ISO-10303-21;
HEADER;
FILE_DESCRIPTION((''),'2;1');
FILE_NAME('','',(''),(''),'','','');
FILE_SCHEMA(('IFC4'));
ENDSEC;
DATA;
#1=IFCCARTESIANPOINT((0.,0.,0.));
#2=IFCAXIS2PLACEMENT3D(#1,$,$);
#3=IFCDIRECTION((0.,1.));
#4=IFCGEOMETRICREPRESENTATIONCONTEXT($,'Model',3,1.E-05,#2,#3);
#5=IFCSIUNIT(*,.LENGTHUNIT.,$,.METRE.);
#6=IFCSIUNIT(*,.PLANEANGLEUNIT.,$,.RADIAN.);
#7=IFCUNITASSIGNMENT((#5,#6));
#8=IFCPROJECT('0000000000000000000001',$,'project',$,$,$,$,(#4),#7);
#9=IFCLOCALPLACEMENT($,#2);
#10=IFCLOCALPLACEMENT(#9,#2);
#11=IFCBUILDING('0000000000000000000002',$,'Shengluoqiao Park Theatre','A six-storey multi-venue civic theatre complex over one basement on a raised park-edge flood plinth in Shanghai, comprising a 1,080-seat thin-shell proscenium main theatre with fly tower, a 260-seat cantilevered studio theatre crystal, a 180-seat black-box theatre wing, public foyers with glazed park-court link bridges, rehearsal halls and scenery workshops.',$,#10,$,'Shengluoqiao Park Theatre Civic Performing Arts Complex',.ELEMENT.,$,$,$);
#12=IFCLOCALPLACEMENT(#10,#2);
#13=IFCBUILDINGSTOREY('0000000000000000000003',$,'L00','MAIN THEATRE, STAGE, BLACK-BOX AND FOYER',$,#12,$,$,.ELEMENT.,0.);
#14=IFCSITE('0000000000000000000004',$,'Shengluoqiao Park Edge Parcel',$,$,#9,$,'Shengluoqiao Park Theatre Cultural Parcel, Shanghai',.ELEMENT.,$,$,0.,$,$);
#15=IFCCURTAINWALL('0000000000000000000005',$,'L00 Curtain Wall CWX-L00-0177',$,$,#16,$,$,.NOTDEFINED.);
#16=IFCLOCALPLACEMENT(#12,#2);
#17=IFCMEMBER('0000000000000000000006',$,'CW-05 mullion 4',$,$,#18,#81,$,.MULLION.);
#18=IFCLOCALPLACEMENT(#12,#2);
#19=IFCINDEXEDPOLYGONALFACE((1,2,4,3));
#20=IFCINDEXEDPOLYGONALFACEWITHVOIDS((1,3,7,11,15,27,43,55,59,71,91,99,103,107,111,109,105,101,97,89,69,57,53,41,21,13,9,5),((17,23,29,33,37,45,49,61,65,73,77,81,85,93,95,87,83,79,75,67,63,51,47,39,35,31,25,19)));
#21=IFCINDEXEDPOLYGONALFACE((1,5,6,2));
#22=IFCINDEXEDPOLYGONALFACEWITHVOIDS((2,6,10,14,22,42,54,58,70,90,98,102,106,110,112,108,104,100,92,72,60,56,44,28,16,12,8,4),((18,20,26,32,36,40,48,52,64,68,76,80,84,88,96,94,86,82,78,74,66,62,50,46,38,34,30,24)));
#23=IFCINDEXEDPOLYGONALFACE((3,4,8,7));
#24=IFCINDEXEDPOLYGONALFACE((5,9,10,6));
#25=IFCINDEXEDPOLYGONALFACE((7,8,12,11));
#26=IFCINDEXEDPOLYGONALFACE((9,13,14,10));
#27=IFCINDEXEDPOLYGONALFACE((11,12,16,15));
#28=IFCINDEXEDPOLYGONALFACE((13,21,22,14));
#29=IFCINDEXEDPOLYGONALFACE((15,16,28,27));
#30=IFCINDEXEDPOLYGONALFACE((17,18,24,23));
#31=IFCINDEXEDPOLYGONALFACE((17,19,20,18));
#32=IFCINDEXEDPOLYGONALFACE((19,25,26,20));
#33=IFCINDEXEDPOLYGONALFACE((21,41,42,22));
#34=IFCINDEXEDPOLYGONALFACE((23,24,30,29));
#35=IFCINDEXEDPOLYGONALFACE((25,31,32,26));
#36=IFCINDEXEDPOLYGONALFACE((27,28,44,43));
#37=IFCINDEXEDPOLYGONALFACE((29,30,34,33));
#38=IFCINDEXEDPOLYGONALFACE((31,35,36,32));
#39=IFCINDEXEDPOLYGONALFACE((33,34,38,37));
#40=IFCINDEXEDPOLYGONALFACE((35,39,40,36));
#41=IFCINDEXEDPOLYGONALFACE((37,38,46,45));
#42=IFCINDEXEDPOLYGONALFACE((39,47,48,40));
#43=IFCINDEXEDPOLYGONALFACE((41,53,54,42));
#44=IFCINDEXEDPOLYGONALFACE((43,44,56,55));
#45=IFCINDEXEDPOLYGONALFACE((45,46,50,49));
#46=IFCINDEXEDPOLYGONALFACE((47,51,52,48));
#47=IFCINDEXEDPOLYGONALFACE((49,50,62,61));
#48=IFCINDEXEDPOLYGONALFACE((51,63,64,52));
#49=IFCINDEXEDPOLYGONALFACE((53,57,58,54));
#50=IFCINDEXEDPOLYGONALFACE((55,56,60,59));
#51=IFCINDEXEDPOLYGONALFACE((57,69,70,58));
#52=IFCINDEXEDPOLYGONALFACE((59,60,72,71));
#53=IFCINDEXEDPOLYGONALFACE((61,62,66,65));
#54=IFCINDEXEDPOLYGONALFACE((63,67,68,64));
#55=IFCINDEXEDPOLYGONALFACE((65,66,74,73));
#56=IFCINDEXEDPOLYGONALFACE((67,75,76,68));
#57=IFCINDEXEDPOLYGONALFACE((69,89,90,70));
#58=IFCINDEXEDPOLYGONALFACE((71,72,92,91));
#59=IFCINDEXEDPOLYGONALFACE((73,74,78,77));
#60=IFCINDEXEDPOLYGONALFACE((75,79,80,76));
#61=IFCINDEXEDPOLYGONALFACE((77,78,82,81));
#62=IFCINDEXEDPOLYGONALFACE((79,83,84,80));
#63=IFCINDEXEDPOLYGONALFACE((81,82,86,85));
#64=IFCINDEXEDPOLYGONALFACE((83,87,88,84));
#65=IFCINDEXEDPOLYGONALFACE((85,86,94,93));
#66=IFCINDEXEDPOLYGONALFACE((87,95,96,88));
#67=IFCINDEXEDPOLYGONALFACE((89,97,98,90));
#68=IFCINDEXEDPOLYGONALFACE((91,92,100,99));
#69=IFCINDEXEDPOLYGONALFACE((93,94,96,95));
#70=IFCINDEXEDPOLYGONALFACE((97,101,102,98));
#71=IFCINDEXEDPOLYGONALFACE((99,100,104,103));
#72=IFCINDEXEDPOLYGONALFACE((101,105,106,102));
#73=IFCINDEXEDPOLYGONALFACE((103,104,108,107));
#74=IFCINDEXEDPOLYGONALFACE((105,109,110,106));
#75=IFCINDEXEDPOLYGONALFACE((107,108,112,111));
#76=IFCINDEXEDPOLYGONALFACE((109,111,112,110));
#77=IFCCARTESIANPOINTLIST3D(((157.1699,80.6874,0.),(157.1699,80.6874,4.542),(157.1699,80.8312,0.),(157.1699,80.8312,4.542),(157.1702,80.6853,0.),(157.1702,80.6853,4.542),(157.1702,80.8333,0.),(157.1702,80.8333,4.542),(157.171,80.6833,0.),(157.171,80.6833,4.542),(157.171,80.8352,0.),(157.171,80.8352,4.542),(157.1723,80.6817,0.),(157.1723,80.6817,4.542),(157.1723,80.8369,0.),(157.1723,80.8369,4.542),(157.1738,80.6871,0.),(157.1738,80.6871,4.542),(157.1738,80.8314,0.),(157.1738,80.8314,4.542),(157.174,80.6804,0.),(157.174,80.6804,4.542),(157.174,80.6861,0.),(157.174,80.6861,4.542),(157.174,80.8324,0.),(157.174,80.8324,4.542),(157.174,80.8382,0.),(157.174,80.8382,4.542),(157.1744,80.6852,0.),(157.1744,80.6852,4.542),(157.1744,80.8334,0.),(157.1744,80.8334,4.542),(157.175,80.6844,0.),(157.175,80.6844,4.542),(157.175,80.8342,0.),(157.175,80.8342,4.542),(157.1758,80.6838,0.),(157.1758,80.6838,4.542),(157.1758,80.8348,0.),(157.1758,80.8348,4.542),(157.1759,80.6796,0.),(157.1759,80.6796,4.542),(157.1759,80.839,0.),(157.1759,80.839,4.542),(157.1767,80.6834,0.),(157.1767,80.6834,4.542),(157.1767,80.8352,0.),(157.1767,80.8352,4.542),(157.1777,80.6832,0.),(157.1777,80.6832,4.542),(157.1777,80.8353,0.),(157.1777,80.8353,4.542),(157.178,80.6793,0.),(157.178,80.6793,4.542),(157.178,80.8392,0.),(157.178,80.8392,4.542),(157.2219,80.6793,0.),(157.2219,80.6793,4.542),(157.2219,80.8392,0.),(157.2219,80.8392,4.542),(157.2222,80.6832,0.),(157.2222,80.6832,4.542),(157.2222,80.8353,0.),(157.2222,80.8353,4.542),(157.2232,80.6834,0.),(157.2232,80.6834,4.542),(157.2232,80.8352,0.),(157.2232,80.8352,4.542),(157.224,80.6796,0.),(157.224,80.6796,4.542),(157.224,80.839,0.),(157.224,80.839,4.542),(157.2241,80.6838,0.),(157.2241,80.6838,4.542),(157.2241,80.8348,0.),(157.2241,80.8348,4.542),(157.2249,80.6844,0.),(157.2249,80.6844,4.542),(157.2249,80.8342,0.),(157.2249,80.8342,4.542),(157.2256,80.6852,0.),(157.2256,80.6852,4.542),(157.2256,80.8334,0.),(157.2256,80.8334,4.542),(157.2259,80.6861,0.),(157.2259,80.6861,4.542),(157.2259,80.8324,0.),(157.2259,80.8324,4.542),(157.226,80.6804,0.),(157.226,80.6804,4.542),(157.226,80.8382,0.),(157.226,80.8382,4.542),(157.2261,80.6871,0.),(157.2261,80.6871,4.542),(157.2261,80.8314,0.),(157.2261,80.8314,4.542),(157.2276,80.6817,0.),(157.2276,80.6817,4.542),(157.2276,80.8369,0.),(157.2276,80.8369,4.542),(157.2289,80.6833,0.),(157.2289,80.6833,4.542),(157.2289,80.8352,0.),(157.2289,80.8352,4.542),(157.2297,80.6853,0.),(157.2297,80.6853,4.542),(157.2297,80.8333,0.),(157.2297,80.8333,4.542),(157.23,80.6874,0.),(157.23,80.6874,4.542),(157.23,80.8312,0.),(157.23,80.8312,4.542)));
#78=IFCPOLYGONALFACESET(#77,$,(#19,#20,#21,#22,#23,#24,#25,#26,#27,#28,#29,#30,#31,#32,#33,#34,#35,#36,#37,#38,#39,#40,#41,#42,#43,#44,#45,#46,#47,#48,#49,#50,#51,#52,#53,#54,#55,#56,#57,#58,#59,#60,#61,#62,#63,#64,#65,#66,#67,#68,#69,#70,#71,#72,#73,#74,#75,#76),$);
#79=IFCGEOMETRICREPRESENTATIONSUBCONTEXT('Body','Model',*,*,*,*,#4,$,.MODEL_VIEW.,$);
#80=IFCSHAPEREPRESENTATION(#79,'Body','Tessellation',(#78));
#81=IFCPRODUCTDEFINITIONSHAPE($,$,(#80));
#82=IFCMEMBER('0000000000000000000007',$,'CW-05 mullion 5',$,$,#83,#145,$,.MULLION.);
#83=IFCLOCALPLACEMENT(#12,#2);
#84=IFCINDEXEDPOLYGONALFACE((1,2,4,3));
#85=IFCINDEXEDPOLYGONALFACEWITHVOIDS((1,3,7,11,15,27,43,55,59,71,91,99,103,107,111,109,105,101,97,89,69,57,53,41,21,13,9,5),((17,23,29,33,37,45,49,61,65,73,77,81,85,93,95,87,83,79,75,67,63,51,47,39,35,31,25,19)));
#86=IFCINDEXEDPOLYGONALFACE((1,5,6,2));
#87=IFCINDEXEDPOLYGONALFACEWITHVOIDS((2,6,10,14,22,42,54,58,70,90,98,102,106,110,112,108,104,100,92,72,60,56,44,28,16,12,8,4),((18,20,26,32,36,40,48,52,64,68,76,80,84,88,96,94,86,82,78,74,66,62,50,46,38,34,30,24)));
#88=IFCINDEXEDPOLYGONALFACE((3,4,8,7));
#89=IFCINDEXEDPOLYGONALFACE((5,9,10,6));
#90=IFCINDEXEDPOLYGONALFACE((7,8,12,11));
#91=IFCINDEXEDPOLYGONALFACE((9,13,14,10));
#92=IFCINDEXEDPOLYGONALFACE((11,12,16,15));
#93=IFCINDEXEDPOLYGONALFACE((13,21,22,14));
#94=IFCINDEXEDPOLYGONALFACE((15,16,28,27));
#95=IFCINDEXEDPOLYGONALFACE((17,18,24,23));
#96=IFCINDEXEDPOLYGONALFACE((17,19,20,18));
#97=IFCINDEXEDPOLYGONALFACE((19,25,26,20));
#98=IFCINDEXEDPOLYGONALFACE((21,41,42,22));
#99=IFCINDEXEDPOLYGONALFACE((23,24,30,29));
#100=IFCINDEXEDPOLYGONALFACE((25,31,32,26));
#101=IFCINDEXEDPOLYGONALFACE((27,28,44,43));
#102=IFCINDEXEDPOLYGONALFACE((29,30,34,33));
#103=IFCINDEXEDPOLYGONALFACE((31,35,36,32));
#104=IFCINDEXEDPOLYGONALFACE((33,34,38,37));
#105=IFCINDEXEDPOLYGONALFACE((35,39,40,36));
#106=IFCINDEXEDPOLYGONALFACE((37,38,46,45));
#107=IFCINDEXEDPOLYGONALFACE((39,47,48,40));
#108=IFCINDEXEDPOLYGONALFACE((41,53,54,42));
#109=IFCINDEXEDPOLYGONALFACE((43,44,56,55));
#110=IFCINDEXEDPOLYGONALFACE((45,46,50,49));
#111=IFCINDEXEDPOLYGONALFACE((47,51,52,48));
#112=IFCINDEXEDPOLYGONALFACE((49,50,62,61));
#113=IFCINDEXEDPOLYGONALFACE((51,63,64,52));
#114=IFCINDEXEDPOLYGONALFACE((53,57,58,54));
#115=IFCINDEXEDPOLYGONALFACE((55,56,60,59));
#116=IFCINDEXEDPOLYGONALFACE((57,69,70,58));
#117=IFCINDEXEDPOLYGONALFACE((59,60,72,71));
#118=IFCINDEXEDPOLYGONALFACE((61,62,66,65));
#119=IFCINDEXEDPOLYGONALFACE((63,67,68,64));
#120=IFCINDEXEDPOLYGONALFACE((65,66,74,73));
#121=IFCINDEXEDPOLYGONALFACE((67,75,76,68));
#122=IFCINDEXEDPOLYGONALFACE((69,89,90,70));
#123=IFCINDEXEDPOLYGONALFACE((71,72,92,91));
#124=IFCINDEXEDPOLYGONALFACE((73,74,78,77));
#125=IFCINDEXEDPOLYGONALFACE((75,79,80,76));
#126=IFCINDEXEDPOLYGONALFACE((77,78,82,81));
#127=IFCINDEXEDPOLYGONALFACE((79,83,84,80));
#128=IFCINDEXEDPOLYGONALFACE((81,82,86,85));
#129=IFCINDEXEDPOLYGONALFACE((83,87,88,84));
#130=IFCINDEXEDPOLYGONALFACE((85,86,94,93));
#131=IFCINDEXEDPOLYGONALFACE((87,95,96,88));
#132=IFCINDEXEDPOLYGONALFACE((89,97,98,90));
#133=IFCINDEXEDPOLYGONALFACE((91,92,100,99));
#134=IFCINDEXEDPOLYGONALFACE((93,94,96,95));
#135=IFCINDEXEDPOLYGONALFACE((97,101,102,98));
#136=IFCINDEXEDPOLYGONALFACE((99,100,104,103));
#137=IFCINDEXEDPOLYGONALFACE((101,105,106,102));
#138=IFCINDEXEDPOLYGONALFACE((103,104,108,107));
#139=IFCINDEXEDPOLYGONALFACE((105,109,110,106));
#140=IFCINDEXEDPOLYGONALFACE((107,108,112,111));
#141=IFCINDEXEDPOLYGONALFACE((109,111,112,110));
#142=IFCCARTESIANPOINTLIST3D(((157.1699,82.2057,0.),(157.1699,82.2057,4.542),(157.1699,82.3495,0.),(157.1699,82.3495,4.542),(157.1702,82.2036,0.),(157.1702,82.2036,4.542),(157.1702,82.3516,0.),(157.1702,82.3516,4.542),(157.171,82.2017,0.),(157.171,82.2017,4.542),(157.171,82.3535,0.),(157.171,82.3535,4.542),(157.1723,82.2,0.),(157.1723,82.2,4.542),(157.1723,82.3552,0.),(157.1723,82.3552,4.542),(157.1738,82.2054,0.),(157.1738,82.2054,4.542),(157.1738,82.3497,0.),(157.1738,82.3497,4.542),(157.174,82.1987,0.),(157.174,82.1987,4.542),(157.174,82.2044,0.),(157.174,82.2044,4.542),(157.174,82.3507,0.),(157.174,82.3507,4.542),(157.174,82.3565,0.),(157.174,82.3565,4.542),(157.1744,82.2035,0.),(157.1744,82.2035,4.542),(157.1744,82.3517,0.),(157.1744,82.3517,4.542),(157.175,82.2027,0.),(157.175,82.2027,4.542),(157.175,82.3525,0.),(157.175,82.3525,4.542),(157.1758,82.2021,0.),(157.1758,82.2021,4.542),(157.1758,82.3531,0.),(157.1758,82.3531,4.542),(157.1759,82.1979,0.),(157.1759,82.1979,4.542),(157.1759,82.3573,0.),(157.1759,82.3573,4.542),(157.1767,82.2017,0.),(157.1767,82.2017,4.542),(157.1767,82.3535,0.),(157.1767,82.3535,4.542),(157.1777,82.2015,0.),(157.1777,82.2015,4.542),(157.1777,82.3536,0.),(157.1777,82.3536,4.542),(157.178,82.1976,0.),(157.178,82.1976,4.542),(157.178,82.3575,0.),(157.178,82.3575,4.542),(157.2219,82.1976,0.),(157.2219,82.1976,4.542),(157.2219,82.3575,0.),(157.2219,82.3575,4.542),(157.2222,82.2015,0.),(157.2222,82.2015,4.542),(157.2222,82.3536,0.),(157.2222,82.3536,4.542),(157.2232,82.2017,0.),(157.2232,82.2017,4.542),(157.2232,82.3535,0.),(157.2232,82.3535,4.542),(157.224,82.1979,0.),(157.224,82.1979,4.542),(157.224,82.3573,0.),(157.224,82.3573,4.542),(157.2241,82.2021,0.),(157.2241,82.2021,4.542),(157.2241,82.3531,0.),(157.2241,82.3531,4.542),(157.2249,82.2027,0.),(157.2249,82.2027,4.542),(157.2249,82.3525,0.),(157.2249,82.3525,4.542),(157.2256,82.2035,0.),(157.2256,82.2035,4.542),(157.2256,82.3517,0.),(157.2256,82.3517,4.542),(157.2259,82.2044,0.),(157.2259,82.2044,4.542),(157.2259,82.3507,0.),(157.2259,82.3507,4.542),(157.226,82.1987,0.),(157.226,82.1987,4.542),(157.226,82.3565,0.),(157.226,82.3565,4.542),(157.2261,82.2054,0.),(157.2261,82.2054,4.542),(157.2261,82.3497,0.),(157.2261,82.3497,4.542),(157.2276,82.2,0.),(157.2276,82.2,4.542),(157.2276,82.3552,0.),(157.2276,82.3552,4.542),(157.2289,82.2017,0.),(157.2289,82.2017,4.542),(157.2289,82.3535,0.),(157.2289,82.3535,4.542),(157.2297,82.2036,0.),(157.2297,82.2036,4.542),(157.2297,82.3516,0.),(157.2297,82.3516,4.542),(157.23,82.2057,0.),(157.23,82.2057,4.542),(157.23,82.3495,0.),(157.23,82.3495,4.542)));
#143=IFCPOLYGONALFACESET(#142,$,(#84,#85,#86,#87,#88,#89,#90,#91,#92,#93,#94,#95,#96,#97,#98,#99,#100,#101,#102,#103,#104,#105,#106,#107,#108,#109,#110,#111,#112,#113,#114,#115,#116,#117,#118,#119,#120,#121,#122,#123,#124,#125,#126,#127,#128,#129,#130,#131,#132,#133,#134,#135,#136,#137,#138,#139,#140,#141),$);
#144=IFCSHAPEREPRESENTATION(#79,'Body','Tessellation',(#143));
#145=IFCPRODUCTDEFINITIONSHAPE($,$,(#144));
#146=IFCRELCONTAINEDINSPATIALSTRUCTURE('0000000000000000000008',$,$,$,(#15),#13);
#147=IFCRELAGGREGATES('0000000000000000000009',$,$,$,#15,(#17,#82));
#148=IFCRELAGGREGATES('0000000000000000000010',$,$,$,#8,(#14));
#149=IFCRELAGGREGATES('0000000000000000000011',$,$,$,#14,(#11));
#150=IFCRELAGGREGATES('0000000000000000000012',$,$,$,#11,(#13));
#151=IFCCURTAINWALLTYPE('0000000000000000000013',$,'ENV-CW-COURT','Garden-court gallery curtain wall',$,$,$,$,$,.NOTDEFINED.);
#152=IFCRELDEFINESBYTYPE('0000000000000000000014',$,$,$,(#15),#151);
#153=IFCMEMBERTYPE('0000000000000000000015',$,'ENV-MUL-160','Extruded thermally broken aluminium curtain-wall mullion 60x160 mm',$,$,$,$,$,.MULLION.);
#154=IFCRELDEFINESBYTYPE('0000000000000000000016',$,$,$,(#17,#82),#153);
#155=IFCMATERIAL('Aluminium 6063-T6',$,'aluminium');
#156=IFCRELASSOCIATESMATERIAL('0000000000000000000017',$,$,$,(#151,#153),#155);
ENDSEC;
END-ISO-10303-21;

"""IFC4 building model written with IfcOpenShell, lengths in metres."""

from ifc_helpers import new_model, si_unit, direction, frame, origin, origin_2d, place, context, subcontext, project, spatial, hollow_rectangle, extrude, material, material_profile, profile_set, type_object, element, aggregate, save


model = new_model("IFC4")

# Units and contexts
model_context = context("Model", 3, precision=1e-05, world=origin(), true_north=direction((0.0, 1.0)))
body_context = subcontext(model_context, "Body", "Model", "MODEL_VIEW")
ifc_project = project(units=[si_unit("LENGTHUNIT", "METRE"), si_unit("PLANEANGLEUNIT", "RADIAN")], contexts=[model_context])

# Site, building, storey
site_placement = place(None, origin())
site = spatial("IfcSite", under=ifc_project, at=site_placement, Name="Shengluoqiao Park Edge Parcel", LongName="Shengluoqiao Park Theatre Cultural Parcel, Shanghai", CompositionType="ELEMENT", RefElevation=0.0)
building_placement = place(site_placement, origin())
building = spatial("IfcBuilding", under=site, at=building_placement, Name="Shengluoqiao Park Theatre", Description="A six-storey multi-venue civic theatre complex over one basement on a raised park-edge flood plinth in Shanghai, comprising a 1,080-seat thin-shell proscenium main theatre with fly tower, a 260-seat cantilevered studio theatre crystal, a 180-seat black-box theatre wing, public foyers with glazed park-court link bridges, rehearsal halls and scenery workshops.", LongName="Shengluoqiao Park Theatre Civic Performing Arts Complex", CompositionType="ELEMENT")
storey_placement = place(building_placement, origin())
storey = spatial("IfcBuildingStorey", under=building, at=storey_placement, Name="L00", Description="MAIN THEATRE, STAGE, BLACK-BOX AND FOYER", CompositionType="ELEMENT", Elevation=0.0)

# Curtain wall, members
ifc_material_1 = material(Name="Aluminium 6063-T6", Category="aluminium")
curtain_wall_type = type_object("IfcCurtainWallType", Name="ENV-CW-COURT", Description="Garden-court gallery curtain wall", PredefinedType="NOTDEFINED", material=ifc_material_1)
curtain_wall_placement = place(storey_placement, origin())
curtain_wall = element("IfcCurtainWall", 1, at=curtain_wall_placement, inside=storey, type_object=curtain_wall_type, Name="L00 Curtain Wall CWX-L00-0177", PredefinedType="NOTDEFINED")
ifc_material_profile_1 = material_profile(ifc_material_1, hollow_rectangle(XDim=0.0601, YDim=0.1599, WallThickness=0.0039, InnerFilletRadius=0.0039, OuterFilletRadius=0.0081, at=origin_2d()), Name="ALU MULLION 160x60x4")
ifc_profile_set_1 = profile_set([ifc_material_profile_1], Name="Aluminium 6063-T6")
member_type_1 = type_object("IfcMemberType", Name="ENV-MUL-160", Description="Extruded thermally broken aluminium curtain-wall mullion 60x160 mm", PredefinedType="MULLION", material=ifc_profile_set_1)
member_1_placement = place(storey_placement, frame((157.2, 80.7593, 0.0), z_axis=(0.0, 0.0, 1.0), x_axis=(-1.0, 0.0, 0.0)))
member_1 = element("IfcMember", 2, at=member_1_placement, type_object=member_type_1, Name="CW-05 mullion 4", PredefinedType="MULLION", context=body_context, shape_type="SweptSolid", body=[
    extrude(hollow_rectangle(XDim=0.0601, YDim=0.1599, WallThickness=0.0039, InnerFilletRadius=0.0039, OuterFilletRadius=0.0081, at=origin_2d()), origin(), (0.0, 0.0, 1.0), 4.542),
])
member_2_placement = place(storey_placement, frame((157.2, 82.2776, 0.0), z_axis=(0.0, 0.0, 1.0), x_axis=(-1.0, 0.0, 0.0)))
member_2 = element("IfcMember", 3, at=member_2_placement, type_object=member_type_1, Name="CW-05 mullion 5", PredefinedType="MULLION", context=body_context, shape_type="SweptSolid", body=[
    extrude(hollow_rectangle(XDim=0.0601, YDim=0.1599, WallThickness=0.0039, InnerFilletRadius=0.0039, OuterFilletRadius=0.0081, at=origin_2d()), origin(), (0.0, 0.0, 1.0), 4.542),
])
aggregate(curtain_wall, [member_1, member_2])

save(model, "model.ifc")
